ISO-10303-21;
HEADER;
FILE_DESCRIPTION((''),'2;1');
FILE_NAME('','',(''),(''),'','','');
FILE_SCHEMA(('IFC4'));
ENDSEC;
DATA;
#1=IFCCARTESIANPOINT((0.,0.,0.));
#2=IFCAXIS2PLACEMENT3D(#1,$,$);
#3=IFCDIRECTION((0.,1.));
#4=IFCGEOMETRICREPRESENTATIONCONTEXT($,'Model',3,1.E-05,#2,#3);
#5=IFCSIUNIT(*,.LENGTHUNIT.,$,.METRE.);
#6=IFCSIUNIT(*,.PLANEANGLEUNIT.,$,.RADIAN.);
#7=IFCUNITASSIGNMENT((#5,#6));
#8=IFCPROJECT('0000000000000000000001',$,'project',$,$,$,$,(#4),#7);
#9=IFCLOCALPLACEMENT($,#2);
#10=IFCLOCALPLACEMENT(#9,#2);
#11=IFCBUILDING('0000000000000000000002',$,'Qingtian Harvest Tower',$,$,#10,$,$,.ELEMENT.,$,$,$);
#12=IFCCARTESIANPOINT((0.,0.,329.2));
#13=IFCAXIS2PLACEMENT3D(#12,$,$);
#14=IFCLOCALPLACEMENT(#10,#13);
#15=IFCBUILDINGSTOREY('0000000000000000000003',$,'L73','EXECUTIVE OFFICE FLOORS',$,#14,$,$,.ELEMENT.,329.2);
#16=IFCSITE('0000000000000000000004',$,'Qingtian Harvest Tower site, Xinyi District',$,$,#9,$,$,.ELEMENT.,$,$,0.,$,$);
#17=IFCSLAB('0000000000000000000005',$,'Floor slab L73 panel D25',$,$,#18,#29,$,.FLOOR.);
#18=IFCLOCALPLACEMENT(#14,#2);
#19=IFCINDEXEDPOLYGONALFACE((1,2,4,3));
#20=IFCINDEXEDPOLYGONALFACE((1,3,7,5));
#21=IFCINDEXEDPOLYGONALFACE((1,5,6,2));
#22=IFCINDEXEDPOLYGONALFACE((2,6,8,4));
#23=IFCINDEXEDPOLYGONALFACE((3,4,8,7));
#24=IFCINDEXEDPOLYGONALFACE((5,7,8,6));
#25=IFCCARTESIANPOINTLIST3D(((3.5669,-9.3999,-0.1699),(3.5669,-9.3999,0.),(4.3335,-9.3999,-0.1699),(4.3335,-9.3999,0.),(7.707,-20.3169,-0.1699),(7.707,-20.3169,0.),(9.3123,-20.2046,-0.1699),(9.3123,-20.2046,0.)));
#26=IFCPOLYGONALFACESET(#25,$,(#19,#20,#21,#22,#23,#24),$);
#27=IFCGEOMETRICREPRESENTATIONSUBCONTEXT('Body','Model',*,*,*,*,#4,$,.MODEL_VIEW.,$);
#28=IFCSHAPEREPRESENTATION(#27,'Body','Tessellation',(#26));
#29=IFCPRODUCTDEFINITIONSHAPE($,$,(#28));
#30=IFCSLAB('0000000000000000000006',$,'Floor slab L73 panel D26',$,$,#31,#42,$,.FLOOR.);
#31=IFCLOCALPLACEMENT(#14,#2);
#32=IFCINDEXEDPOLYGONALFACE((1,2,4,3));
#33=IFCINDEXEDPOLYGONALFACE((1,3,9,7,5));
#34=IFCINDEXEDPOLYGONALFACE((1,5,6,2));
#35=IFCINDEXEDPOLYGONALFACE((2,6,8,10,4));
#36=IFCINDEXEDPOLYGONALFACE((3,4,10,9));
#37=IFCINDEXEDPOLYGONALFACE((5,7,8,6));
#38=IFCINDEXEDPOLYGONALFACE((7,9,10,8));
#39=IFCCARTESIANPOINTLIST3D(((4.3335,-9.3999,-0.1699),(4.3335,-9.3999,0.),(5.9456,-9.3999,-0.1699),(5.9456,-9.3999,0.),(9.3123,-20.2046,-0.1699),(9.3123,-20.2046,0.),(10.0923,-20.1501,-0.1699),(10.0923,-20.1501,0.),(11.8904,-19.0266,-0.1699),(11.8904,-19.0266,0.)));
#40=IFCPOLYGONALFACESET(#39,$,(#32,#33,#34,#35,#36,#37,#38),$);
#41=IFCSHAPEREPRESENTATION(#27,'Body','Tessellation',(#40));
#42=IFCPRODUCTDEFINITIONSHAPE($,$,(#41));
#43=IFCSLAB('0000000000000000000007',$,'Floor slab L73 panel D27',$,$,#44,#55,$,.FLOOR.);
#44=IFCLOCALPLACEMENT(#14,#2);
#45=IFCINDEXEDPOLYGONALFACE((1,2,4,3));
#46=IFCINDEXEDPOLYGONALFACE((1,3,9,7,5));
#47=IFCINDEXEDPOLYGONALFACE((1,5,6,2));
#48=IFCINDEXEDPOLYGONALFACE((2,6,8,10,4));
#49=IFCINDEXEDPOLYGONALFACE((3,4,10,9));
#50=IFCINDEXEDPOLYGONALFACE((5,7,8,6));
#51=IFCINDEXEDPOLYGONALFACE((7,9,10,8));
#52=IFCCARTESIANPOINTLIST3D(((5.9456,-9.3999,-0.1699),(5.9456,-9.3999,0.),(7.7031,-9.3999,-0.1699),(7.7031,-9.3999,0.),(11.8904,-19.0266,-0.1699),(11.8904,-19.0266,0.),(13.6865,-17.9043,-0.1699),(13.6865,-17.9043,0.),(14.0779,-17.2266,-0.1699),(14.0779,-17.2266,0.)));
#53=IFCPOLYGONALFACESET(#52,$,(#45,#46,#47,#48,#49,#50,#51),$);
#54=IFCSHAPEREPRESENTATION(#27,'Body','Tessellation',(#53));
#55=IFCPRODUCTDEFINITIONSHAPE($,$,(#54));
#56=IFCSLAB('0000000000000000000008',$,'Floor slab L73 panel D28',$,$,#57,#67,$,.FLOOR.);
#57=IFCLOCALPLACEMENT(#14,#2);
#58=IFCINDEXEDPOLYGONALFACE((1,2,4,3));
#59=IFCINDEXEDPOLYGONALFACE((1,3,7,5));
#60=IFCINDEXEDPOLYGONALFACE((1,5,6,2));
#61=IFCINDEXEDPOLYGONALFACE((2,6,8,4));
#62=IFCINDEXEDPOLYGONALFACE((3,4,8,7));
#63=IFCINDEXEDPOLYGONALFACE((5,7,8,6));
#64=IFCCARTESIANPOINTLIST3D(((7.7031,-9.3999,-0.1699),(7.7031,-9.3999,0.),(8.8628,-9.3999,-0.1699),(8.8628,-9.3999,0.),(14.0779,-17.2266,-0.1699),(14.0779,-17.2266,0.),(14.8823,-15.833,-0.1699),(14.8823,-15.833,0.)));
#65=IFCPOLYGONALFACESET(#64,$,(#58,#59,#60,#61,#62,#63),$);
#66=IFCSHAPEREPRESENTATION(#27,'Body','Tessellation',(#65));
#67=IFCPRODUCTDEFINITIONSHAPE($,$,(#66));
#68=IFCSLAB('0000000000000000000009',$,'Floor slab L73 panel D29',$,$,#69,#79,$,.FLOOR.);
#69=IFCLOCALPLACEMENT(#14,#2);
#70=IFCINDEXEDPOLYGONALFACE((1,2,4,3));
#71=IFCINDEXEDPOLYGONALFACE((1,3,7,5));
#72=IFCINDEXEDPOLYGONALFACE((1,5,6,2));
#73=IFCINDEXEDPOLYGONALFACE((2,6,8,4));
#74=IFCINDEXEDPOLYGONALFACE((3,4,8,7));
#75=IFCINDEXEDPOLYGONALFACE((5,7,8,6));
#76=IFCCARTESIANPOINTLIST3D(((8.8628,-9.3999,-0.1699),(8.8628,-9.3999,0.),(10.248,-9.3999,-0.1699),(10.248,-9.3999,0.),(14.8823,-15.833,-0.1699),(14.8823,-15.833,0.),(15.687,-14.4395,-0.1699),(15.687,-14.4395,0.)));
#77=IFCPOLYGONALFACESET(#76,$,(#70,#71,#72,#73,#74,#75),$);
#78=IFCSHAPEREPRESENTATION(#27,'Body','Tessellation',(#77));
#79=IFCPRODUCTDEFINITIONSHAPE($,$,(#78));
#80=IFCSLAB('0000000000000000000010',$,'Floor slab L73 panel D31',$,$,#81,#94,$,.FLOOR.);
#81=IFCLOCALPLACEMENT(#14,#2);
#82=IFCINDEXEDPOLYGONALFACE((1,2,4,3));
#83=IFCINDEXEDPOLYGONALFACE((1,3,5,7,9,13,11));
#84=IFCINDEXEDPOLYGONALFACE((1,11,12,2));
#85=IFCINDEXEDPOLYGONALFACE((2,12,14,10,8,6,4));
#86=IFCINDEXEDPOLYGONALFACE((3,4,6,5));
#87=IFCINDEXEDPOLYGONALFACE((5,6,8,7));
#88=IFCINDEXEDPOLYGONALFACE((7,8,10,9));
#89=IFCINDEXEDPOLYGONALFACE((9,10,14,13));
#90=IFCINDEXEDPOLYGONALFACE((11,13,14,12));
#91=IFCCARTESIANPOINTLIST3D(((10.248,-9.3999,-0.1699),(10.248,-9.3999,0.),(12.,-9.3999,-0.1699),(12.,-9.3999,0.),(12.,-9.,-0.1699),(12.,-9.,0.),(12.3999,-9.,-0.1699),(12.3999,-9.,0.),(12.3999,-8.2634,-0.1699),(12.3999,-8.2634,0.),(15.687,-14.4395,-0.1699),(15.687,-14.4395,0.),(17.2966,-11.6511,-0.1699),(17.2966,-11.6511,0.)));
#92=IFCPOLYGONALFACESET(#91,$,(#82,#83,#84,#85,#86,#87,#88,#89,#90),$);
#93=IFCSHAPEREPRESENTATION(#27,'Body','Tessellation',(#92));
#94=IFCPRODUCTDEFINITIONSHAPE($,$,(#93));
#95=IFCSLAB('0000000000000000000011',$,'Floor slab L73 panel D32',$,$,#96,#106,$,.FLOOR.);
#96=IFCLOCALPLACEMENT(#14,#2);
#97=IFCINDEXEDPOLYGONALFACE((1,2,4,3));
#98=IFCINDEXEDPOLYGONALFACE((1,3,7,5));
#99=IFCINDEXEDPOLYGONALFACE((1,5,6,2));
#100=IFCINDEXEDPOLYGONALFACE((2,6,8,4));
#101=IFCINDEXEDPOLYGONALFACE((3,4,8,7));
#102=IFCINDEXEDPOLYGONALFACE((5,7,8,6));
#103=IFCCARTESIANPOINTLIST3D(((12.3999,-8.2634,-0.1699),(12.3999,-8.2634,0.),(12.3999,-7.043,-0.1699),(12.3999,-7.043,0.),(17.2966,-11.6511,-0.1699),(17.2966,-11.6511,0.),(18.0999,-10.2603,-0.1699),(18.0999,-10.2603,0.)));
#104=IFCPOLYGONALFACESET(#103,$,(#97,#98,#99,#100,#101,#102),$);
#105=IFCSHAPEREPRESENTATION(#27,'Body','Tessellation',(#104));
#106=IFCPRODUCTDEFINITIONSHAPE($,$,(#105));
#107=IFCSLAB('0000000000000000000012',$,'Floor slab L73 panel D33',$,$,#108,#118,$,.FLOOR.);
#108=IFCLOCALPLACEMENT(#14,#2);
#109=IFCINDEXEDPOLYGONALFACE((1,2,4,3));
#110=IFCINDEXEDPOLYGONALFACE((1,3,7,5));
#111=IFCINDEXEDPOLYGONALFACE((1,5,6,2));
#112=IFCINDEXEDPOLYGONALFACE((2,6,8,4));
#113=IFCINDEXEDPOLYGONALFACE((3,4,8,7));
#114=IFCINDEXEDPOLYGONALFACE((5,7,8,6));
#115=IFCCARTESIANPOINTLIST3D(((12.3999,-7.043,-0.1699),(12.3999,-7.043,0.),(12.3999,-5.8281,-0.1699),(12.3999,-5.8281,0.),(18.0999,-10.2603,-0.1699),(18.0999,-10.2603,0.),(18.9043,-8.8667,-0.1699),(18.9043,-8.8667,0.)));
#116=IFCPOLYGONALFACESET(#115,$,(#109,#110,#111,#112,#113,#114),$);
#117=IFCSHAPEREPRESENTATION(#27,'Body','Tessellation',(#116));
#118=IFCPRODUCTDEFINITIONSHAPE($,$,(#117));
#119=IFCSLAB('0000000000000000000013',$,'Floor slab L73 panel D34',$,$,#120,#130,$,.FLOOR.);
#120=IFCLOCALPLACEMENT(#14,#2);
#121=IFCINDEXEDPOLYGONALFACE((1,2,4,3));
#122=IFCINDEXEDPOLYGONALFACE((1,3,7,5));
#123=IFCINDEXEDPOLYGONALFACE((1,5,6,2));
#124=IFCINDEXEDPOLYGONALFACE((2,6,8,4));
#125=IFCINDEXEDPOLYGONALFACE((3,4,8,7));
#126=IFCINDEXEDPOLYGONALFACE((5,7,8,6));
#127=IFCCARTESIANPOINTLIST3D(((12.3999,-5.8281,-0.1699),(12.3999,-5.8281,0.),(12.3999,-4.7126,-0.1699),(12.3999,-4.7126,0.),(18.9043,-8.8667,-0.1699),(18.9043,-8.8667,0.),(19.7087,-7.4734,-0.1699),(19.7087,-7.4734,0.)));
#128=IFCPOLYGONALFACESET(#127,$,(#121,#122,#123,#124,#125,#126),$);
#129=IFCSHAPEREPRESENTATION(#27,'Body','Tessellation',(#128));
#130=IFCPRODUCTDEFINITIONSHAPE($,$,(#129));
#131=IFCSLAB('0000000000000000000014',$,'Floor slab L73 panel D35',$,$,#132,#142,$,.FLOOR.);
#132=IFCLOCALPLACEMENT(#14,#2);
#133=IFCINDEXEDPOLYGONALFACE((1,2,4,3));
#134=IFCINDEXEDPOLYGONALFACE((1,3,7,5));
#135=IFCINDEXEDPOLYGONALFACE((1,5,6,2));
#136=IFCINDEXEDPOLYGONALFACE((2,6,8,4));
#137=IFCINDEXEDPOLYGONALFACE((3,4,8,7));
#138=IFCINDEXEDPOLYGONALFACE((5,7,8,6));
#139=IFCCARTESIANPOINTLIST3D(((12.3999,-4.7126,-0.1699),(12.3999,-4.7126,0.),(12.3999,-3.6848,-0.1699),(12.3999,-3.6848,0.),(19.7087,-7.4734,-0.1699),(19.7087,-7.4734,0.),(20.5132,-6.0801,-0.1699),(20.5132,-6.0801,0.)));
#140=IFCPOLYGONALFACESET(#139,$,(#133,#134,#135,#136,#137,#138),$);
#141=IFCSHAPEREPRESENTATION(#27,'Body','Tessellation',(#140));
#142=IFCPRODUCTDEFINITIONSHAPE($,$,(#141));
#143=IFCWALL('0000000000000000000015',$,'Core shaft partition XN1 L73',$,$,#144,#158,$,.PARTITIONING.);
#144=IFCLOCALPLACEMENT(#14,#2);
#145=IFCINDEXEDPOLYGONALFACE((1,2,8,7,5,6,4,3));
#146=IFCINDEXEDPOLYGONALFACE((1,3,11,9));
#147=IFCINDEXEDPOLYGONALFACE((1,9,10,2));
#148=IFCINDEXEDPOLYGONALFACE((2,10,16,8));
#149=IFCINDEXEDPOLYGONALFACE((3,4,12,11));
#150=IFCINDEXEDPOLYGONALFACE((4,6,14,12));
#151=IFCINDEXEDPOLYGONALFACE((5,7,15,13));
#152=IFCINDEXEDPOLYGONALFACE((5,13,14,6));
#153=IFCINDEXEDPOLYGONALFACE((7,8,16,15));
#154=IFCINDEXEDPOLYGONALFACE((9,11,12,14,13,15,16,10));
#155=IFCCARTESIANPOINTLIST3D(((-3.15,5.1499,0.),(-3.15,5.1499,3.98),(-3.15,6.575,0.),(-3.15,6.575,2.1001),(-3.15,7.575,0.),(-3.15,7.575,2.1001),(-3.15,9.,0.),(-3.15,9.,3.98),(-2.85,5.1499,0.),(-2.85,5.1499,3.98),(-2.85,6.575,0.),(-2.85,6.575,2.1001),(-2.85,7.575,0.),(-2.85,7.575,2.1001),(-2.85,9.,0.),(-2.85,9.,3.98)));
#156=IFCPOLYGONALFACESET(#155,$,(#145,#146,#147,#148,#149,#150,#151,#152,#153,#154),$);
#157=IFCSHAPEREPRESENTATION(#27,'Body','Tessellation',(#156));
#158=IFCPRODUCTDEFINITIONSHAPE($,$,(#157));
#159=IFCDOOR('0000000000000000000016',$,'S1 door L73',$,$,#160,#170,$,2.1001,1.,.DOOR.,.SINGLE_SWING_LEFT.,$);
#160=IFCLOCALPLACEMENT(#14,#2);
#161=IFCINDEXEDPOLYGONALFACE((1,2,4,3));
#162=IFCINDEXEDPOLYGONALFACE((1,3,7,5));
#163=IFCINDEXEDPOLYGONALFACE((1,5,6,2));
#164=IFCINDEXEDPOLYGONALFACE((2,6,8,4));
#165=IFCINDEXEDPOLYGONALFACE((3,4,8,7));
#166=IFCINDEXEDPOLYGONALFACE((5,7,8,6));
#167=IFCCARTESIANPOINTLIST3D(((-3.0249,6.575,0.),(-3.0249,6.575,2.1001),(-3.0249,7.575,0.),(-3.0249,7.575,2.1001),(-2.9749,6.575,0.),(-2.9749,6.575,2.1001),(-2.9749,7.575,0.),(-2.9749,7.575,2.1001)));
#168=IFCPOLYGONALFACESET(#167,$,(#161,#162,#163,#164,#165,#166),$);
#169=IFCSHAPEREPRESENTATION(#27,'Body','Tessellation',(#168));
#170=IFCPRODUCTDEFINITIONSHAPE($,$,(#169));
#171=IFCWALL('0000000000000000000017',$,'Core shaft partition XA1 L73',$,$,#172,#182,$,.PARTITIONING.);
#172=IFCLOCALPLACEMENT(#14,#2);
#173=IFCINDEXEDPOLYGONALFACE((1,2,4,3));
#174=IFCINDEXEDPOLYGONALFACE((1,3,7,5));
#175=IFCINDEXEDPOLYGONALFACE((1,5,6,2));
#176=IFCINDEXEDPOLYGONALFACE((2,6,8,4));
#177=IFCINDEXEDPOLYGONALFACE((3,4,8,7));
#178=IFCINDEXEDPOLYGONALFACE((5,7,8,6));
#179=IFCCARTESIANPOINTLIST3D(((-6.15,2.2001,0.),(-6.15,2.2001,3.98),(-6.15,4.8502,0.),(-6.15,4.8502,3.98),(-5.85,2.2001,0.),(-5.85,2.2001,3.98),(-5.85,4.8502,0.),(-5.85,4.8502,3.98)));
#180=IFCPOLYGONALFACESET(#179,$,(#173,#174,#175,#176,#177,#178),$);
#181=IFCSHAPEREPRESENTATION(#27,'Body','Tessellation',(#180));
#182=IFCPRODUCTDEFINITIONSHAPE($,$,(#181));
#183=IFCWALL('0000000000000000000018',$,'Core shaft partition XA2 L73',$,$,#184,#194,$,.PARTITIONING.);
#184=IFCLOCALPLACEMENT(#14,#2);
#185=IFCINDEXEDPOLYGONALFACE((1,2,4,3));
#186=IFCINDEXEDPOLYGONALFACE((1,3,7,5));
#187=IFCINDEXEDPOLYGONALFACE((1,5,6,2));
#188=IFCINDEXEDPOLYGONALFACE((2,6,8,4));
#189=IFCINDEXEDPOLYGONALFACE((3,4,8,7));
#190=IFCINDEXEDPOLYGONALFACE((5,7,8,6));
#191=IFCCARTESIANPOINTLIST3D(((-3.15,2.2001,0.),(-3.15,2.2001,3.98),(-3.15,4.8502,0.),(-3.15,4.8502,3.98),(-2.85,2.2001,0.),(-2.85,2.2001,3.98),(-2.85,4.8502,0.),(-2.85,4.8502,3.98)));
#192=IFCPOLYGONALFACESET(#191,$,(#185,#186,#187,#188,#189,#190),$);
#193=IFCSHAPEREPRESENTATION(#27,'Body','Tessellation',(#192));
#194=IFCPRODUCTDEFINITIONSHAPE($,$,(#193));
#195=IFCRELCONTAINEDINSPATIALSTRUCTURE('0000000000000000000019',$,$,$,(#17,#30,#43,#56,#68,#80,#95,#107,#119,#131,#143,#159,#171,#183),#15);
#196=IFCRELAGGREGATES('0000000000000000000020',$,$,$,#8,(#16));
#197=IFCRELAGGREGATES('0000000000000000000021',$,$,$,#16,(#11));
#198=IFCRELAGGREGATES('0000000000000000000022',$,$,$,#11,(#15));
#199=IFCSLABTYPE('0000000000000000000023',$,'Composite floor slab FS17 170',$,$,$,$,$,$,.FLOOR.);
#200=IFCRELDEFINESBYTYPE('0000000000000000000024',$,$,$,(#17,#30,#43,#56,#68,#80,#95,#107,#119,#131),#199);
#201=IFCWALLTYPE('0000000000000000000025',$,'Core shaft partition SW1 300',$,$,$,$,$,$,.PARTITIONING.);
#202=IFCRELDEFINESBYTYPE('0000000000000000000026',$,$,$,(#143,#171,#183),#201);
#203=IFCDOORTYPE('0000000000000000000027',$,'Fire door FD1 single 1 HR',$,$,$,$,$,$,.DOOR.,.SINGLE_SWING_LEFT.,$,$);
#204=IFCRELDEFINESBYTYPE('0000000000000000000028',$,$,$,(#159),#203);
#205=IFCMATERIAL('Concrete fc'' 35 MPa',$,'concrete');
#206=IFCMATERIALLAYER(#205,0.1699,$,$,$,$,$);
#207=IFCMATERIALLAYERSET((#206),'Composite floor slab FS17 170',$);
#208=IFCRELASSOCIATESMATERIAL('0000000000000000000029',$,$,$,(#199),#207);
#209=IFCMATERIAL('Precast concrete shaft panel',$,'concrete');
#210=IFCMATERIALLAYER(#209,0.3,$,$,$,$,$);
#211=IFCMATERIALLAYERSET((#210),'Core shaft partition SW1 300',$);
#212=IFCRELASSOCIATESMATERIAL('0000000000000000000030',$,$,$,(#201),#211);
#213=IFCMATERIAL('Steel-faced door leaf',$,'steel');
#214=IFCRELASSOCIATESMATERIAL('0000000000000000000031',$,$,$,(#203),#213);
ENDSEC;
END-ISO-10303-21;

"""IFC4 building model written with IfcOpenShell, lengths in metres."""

from ifc_helpers import new_model, si_unit, direction, frame, frame_2d, origin, place, context, subcontext, project, spatial, polyline, rectangle, outline, extrude, material, layer, layer_set, type_object, element, fill, save


model = new_model("IFC4")

# Units and contexts
model_context = context("Model", 3, precision=1e-05, world=origin(), true_north=direction((0.0, 1.0)))
body_context = subcontext(model_context, "Body", "Model", "MODEL_VIEW")
ifc_project = project(units=[si_unit("LENGTHUNIT", "METRE"), si_unit("PLANEANGLEUNIT", "RADIAN")], contexts=[model_context])

# Site, building, storey
site_placement = place(None, origin())
site = spatial("IfcSite", under=ifc_project, at=site_placement, Name="Qingtian Harvest Tower site, Xinyi District", CompositionType="ELEMENT", RefElevation=0.0)
building_placement = place(site_placement, origin())
building = spatial("IfcBuilding", under=site, at=building_placement, Name="Qingtian Harvest Tower", CompositionType="ELEMENT")
storey_placement = place(building_placement, frame((0.0, 0.0, 329.2)))
storey = spatial("IfcBuildingStorey", under=building, at=storey_placement, Name="L73", Description="EXECUTIVE OFFICE FLOORS", CompositionType="ELEMENT", Elevation=329.2)

# Slabs
ifc_material_1 = material(Name="Concrete fc' 35 MPa", Category="concrete")
ifc_layer_1 = layer(ifc_material_1, 0.1699)
ifc_layer_set_1 = layer_set([ifc_layer_1], Name="Composite floor slab FS17 170")
slab_type = type_object("IfcSlabType", Name="Composite floor slab FS17 170", PredefinedType="FLOOR", material=ifc_layer_set_1)
slab_1_placement = place(storey_placement, frame((0.0, 0.0, -0.1699)))
element("IfcSlab", 1, at=slab_1_placement, inside=storey, type_object=slab_type, Name="Floor slab L73 panel D25", PredefinedType="FLOOR", context=body_context, shape_type="SweptSolid", body=[
    extrude(outline(polyline([(4.3335, -9.3999), (9.3123, -20.2046), (7.707, -20.3169), (3.5669, -9.3999), (4.3335, -9.3999)])), origin(), (0.0, 0.0, 1.0), 0.1699),
])
slab_2_placement = place(storey_placement, frame((0.0, 0.0, -0.1699)))
element("IfcSlab", 2, at=slab_2_placement, inside=storey, type_object=slab_type, Name="Floor slab L73 panel D26", PredefinedType="FLOOR", context=body_context, shape_type="SweptSolid", body=[
    extrude(outline(polyline([(4.3335, -9.3999), (5.9456, -9.3999), (11.8904, -19.0266), (10.0923, -20.1501), (9.3123, -20.2046), (4.3335, -9.3999)])), origin(), (0.0, 0.0, 1.0), 0.1699),
])
slab_3_placement = place(storey_placement, frame((0.0, 0.0, -0.1699)))
element("IfcSlab", 3, at=slab_3_placement, inside=storey, type_object=slab_type, Name="Floor slab L73 panel D27", PredefinedType="FLOOR", context=body_context, shape_type="SweptSolid", body=[
    extrude(outline(polyline([(5.9456, -9.3999), (7.7031, -9.3999), (14.0779, -17.2266), (13.6865, -17.9043), (11.8904, -19.0266), (5.9456, -9.3999)])), origin(), (0.0, 0.0, 1.0), 0.1699),
])
slab_4_placement = place(storey_placement, frame((0.0, 0.0, -0.1699)))
element("IfcSlab", 4, at=slab_4_placement, inside=storey, type_object=slab_type, Name="Floor slab L73 panel D28", PredefinedType="FLOOR", context=body_context, shape_type="SweptSolid", body=[
    extrude(outline(polyline([(8.8628, -9.3999), (14.8823, -15.833), (14.0779, -17.2266), (7.7031, -9.3999), (8.8628, -9.3999)])), origin(), (0.0, 0.0, 1.0), 0.1699),
])
slab_5_placement = place(storey_placement, frame((0.0, 0.0, -0.1699)))
element("IfcSlab", 5, at=slab_5_placement, inside=storey, type_object=slab_type, Name="Floor slab L73 panel D29", PredefinedType="FLOOR", context=body_context, shape_type="SweptSolid", body=[
    extrude(outline(polyline([(10.248, -9.3999), (15.687, -14.4395), (14.8823, -15.833), (8.8628, -9.3999), (10.248, -9.3999)])), origin(), (0.0, 0.0, 1.0), 0.1699),
])
slab_6_placement = place(storey_placement, frame((0.0, 0.0, -0.1699)))
element("IfcSlab", 6, at=slab_6_placement, inside=storey, type_object=slab_type, Name="Floor slab L73 panel D31", PredefinedType="FLOOR", context=body_context, shape_type="SweptSolid", body=[
    extrude(outline(polyline([(12.3999, -8.2634), (17.2966, -11.6511), (15.687, -14.4395), (10.248, -9.3999), (12.0, -9.3999), (12.0, -9.0), (12.3999, -9.0), (12.3999, -8.2634)])), origin(), (0.0, 0.0, 1.0), 0.1699),
])
slab_7_placement = place(storey_placement, frame((0.0, 0.0, -0.1699)))
element("IfcSlab", 7, at=slab_7_placement, inside=storey, type_object=slab_type, Name="Floor slab L73 panel D32", PredefinedType="FLOOR", context=body_context, shape_type="SweptSolid", body=[
    extrude(outline(polyline([(12.3999, -7.043), (18.0999, -10.2603), (17.2966, -11.6511), (12.3999, -8.2634), (12.3999, -7.043)])), origin(), (0.0, 0.0, 1.0), 0.1699),
])
slab_8_placement = place(storey_placement, frame((0.0, 0.0, -0.1699)))
element("IfcSlab", 8, at=slab_8_placement, inside=storey, type_object=slab_type, Name="Floor slab L73 panel D33", PredefinedType="FLOOR", context=body_context, shape_type="SweptSolid", body=[
    extrude(outline(polyline([(12.3999, -5.8281), (18.9043, -8.8667), (18.0999, -10.2603), (12.3999, -7.043), (12.3999, -5.8281)])), origin(), (0.0, 0.0, 1.0), 0.1699),
])
slab_9_placement = place(storey_placement, frame((0.0, 0.0, -0.1699)))
element("IfcSlab", 9, at=slab_9_placement, inside=storey, type_object=slab_type, Name="Floor slab L73 panel D34", PredefinedType="FLOOR", context=body_context, shape_type="SweptSolid", body=[
    extrude(outline(polyline([(12.3999, -4.7126), (19.7087, -7.4734), (18.9043, -8.8667), (12.3999, -5.8281), (12.3999, -4.7126)])), origin(), (0.0, 0.0, 1.0), 0.1699),
])
slab_10_placement = place(storey_placement, frame((0.0, 0.0, -0.1699)))
element("IfcSlab", 10, at=slab_10_placement, inside=storey, type_object=slab_type, Name="Floor slab L73 panel D35", PredefinedType="FLOOR", context=body_context, shape_type="SweptSolid", body=[
    extrude(outline(polyline([(12.3999, -3.6848), (20.5132, -6.0801), (19.7087, -7.4734), (12.3999, -4.7126), (12.3999, -3.6848)])), origin(), (0.0, 0.0, 1.0), 0.1699),
])

# Wall, opening, door
ifc_material_2 = material(Name="Precast concrete shaft panel", Category="concrete")
ifc_layer_2 = layer(ifc_material_2, 0.3)
ifc_layer_set_2 = layer_set([ifc_layer_2], Name="Core shaft partition SW1 300")
wall_type_1 = type_object("IfcWallType", Name="Core shaft partition SW1 300", PredefinedType="PARTITIONING", material=ifc_layer_set_2)
wall_1_placement = place(storey_placement, frame((-3.0, 5.1499, 0.0), z_axis=(0.0, 0.0, 1.0), x_axis=(0.0, 1.0, 0.0)))
wall_1 = element("IfcWall", 11, at=wall_1_placement, inside=storey, type_object=wall_type_1, Name="Core shaft partition XN1 L73", PredefinedType="PARTITIONING", context=body_context, shape_type="SweptSolid", body=[
    extrude(rectangle(XDim=3.8501, YDim=0.3, at=frame_2d((1.925, 0.0))), origin(), (0.0, 0.0, 1.0), 3.98),
])
opening_1_placement = place(wall_1_placement, frame((1.425, 0.0, 0.0)))
opening_1 = element("IfcOpeningElement", 12, at=opening_1_placement, cuts=wall_1, PredefinedType="OPENING", context=body_context, shape_type="SweptSolid", body=[
    extrude(rectangle(XDim=1.0, YDim=2.1001, at=frame_2d((0.5, 1.05))), frame((0.0, 0.1599, 0.0), z_axis=(0.0, -1.0, 0.0), x_axis=(1.0, 0.0, 0.0)), (0.0, 0.0, 1.0), 0.3201),
])
ifc_material_3 = material(Name="Steel-faced door leaf", Category="steel")
door_type_1 = type_object("IfcDoorType", Name="Fire door FD1 single 1 HR", OperationType="SINGLE_SWING_LEFT", PredefinedType="DOOR", material=ifc_material_3)
door_1_placement = place(opening_1_placement, origin())
door_1 = element("IfcDoor", 13, at=door_1_placement, inside=storey, type_object=door_type_1, Name="S1 door L73", OperationType="SINGLE_SWING_LEFT", OverallHeight=2.1001, OverallWidth=1.0, PredefinedType="DOOR", context=body_context, shape_type="SweptSolid", body=[
    extrude(rectangle(XDim=1.0, YDim=2.1001, at=frame_2d((0.5, 1.05))), frame((0.0, 0.0249, 0.0), z_axis=(0.0, -1.0, 0.0), x_axis=(1.0, 0.0, 0.0)), (0.0, 0.0, 1.0), 0.05),
])
fill(opening_1, door_1)

# Walls
for number, where, z_axis, x_axis, name in (
    (14, (-6.0, 2.2, 0.0), (0.0, 0.0, 1.0), (0.0, 1.0, 0.0), "Core shaft partition XA1 L73"),
    (15, (-3.0, 2.2, 0.0), (0.0, 0.0, 1.0), (0.0, 1.0, 0.0), "Core shaft partition XA2 L73"),
):
    element("IfcWall", number, at=place(storey_placement, frame(where, z_axis=z_axis, x_axis=x_axis)), inside=storey, type_object=wall_type_1, Name=name, PredefinedType="PARTITIONING", context=body_context, shape_type="SweptSolid", body=[
        extrude(rectangle(XDim=2.6501, YDim=0.3, at=frame_2d((1.3252, 0.0))), origin(), (0.0, 0.0, 1.0), 3.98),
    ])

save(model, "model.ifc")
